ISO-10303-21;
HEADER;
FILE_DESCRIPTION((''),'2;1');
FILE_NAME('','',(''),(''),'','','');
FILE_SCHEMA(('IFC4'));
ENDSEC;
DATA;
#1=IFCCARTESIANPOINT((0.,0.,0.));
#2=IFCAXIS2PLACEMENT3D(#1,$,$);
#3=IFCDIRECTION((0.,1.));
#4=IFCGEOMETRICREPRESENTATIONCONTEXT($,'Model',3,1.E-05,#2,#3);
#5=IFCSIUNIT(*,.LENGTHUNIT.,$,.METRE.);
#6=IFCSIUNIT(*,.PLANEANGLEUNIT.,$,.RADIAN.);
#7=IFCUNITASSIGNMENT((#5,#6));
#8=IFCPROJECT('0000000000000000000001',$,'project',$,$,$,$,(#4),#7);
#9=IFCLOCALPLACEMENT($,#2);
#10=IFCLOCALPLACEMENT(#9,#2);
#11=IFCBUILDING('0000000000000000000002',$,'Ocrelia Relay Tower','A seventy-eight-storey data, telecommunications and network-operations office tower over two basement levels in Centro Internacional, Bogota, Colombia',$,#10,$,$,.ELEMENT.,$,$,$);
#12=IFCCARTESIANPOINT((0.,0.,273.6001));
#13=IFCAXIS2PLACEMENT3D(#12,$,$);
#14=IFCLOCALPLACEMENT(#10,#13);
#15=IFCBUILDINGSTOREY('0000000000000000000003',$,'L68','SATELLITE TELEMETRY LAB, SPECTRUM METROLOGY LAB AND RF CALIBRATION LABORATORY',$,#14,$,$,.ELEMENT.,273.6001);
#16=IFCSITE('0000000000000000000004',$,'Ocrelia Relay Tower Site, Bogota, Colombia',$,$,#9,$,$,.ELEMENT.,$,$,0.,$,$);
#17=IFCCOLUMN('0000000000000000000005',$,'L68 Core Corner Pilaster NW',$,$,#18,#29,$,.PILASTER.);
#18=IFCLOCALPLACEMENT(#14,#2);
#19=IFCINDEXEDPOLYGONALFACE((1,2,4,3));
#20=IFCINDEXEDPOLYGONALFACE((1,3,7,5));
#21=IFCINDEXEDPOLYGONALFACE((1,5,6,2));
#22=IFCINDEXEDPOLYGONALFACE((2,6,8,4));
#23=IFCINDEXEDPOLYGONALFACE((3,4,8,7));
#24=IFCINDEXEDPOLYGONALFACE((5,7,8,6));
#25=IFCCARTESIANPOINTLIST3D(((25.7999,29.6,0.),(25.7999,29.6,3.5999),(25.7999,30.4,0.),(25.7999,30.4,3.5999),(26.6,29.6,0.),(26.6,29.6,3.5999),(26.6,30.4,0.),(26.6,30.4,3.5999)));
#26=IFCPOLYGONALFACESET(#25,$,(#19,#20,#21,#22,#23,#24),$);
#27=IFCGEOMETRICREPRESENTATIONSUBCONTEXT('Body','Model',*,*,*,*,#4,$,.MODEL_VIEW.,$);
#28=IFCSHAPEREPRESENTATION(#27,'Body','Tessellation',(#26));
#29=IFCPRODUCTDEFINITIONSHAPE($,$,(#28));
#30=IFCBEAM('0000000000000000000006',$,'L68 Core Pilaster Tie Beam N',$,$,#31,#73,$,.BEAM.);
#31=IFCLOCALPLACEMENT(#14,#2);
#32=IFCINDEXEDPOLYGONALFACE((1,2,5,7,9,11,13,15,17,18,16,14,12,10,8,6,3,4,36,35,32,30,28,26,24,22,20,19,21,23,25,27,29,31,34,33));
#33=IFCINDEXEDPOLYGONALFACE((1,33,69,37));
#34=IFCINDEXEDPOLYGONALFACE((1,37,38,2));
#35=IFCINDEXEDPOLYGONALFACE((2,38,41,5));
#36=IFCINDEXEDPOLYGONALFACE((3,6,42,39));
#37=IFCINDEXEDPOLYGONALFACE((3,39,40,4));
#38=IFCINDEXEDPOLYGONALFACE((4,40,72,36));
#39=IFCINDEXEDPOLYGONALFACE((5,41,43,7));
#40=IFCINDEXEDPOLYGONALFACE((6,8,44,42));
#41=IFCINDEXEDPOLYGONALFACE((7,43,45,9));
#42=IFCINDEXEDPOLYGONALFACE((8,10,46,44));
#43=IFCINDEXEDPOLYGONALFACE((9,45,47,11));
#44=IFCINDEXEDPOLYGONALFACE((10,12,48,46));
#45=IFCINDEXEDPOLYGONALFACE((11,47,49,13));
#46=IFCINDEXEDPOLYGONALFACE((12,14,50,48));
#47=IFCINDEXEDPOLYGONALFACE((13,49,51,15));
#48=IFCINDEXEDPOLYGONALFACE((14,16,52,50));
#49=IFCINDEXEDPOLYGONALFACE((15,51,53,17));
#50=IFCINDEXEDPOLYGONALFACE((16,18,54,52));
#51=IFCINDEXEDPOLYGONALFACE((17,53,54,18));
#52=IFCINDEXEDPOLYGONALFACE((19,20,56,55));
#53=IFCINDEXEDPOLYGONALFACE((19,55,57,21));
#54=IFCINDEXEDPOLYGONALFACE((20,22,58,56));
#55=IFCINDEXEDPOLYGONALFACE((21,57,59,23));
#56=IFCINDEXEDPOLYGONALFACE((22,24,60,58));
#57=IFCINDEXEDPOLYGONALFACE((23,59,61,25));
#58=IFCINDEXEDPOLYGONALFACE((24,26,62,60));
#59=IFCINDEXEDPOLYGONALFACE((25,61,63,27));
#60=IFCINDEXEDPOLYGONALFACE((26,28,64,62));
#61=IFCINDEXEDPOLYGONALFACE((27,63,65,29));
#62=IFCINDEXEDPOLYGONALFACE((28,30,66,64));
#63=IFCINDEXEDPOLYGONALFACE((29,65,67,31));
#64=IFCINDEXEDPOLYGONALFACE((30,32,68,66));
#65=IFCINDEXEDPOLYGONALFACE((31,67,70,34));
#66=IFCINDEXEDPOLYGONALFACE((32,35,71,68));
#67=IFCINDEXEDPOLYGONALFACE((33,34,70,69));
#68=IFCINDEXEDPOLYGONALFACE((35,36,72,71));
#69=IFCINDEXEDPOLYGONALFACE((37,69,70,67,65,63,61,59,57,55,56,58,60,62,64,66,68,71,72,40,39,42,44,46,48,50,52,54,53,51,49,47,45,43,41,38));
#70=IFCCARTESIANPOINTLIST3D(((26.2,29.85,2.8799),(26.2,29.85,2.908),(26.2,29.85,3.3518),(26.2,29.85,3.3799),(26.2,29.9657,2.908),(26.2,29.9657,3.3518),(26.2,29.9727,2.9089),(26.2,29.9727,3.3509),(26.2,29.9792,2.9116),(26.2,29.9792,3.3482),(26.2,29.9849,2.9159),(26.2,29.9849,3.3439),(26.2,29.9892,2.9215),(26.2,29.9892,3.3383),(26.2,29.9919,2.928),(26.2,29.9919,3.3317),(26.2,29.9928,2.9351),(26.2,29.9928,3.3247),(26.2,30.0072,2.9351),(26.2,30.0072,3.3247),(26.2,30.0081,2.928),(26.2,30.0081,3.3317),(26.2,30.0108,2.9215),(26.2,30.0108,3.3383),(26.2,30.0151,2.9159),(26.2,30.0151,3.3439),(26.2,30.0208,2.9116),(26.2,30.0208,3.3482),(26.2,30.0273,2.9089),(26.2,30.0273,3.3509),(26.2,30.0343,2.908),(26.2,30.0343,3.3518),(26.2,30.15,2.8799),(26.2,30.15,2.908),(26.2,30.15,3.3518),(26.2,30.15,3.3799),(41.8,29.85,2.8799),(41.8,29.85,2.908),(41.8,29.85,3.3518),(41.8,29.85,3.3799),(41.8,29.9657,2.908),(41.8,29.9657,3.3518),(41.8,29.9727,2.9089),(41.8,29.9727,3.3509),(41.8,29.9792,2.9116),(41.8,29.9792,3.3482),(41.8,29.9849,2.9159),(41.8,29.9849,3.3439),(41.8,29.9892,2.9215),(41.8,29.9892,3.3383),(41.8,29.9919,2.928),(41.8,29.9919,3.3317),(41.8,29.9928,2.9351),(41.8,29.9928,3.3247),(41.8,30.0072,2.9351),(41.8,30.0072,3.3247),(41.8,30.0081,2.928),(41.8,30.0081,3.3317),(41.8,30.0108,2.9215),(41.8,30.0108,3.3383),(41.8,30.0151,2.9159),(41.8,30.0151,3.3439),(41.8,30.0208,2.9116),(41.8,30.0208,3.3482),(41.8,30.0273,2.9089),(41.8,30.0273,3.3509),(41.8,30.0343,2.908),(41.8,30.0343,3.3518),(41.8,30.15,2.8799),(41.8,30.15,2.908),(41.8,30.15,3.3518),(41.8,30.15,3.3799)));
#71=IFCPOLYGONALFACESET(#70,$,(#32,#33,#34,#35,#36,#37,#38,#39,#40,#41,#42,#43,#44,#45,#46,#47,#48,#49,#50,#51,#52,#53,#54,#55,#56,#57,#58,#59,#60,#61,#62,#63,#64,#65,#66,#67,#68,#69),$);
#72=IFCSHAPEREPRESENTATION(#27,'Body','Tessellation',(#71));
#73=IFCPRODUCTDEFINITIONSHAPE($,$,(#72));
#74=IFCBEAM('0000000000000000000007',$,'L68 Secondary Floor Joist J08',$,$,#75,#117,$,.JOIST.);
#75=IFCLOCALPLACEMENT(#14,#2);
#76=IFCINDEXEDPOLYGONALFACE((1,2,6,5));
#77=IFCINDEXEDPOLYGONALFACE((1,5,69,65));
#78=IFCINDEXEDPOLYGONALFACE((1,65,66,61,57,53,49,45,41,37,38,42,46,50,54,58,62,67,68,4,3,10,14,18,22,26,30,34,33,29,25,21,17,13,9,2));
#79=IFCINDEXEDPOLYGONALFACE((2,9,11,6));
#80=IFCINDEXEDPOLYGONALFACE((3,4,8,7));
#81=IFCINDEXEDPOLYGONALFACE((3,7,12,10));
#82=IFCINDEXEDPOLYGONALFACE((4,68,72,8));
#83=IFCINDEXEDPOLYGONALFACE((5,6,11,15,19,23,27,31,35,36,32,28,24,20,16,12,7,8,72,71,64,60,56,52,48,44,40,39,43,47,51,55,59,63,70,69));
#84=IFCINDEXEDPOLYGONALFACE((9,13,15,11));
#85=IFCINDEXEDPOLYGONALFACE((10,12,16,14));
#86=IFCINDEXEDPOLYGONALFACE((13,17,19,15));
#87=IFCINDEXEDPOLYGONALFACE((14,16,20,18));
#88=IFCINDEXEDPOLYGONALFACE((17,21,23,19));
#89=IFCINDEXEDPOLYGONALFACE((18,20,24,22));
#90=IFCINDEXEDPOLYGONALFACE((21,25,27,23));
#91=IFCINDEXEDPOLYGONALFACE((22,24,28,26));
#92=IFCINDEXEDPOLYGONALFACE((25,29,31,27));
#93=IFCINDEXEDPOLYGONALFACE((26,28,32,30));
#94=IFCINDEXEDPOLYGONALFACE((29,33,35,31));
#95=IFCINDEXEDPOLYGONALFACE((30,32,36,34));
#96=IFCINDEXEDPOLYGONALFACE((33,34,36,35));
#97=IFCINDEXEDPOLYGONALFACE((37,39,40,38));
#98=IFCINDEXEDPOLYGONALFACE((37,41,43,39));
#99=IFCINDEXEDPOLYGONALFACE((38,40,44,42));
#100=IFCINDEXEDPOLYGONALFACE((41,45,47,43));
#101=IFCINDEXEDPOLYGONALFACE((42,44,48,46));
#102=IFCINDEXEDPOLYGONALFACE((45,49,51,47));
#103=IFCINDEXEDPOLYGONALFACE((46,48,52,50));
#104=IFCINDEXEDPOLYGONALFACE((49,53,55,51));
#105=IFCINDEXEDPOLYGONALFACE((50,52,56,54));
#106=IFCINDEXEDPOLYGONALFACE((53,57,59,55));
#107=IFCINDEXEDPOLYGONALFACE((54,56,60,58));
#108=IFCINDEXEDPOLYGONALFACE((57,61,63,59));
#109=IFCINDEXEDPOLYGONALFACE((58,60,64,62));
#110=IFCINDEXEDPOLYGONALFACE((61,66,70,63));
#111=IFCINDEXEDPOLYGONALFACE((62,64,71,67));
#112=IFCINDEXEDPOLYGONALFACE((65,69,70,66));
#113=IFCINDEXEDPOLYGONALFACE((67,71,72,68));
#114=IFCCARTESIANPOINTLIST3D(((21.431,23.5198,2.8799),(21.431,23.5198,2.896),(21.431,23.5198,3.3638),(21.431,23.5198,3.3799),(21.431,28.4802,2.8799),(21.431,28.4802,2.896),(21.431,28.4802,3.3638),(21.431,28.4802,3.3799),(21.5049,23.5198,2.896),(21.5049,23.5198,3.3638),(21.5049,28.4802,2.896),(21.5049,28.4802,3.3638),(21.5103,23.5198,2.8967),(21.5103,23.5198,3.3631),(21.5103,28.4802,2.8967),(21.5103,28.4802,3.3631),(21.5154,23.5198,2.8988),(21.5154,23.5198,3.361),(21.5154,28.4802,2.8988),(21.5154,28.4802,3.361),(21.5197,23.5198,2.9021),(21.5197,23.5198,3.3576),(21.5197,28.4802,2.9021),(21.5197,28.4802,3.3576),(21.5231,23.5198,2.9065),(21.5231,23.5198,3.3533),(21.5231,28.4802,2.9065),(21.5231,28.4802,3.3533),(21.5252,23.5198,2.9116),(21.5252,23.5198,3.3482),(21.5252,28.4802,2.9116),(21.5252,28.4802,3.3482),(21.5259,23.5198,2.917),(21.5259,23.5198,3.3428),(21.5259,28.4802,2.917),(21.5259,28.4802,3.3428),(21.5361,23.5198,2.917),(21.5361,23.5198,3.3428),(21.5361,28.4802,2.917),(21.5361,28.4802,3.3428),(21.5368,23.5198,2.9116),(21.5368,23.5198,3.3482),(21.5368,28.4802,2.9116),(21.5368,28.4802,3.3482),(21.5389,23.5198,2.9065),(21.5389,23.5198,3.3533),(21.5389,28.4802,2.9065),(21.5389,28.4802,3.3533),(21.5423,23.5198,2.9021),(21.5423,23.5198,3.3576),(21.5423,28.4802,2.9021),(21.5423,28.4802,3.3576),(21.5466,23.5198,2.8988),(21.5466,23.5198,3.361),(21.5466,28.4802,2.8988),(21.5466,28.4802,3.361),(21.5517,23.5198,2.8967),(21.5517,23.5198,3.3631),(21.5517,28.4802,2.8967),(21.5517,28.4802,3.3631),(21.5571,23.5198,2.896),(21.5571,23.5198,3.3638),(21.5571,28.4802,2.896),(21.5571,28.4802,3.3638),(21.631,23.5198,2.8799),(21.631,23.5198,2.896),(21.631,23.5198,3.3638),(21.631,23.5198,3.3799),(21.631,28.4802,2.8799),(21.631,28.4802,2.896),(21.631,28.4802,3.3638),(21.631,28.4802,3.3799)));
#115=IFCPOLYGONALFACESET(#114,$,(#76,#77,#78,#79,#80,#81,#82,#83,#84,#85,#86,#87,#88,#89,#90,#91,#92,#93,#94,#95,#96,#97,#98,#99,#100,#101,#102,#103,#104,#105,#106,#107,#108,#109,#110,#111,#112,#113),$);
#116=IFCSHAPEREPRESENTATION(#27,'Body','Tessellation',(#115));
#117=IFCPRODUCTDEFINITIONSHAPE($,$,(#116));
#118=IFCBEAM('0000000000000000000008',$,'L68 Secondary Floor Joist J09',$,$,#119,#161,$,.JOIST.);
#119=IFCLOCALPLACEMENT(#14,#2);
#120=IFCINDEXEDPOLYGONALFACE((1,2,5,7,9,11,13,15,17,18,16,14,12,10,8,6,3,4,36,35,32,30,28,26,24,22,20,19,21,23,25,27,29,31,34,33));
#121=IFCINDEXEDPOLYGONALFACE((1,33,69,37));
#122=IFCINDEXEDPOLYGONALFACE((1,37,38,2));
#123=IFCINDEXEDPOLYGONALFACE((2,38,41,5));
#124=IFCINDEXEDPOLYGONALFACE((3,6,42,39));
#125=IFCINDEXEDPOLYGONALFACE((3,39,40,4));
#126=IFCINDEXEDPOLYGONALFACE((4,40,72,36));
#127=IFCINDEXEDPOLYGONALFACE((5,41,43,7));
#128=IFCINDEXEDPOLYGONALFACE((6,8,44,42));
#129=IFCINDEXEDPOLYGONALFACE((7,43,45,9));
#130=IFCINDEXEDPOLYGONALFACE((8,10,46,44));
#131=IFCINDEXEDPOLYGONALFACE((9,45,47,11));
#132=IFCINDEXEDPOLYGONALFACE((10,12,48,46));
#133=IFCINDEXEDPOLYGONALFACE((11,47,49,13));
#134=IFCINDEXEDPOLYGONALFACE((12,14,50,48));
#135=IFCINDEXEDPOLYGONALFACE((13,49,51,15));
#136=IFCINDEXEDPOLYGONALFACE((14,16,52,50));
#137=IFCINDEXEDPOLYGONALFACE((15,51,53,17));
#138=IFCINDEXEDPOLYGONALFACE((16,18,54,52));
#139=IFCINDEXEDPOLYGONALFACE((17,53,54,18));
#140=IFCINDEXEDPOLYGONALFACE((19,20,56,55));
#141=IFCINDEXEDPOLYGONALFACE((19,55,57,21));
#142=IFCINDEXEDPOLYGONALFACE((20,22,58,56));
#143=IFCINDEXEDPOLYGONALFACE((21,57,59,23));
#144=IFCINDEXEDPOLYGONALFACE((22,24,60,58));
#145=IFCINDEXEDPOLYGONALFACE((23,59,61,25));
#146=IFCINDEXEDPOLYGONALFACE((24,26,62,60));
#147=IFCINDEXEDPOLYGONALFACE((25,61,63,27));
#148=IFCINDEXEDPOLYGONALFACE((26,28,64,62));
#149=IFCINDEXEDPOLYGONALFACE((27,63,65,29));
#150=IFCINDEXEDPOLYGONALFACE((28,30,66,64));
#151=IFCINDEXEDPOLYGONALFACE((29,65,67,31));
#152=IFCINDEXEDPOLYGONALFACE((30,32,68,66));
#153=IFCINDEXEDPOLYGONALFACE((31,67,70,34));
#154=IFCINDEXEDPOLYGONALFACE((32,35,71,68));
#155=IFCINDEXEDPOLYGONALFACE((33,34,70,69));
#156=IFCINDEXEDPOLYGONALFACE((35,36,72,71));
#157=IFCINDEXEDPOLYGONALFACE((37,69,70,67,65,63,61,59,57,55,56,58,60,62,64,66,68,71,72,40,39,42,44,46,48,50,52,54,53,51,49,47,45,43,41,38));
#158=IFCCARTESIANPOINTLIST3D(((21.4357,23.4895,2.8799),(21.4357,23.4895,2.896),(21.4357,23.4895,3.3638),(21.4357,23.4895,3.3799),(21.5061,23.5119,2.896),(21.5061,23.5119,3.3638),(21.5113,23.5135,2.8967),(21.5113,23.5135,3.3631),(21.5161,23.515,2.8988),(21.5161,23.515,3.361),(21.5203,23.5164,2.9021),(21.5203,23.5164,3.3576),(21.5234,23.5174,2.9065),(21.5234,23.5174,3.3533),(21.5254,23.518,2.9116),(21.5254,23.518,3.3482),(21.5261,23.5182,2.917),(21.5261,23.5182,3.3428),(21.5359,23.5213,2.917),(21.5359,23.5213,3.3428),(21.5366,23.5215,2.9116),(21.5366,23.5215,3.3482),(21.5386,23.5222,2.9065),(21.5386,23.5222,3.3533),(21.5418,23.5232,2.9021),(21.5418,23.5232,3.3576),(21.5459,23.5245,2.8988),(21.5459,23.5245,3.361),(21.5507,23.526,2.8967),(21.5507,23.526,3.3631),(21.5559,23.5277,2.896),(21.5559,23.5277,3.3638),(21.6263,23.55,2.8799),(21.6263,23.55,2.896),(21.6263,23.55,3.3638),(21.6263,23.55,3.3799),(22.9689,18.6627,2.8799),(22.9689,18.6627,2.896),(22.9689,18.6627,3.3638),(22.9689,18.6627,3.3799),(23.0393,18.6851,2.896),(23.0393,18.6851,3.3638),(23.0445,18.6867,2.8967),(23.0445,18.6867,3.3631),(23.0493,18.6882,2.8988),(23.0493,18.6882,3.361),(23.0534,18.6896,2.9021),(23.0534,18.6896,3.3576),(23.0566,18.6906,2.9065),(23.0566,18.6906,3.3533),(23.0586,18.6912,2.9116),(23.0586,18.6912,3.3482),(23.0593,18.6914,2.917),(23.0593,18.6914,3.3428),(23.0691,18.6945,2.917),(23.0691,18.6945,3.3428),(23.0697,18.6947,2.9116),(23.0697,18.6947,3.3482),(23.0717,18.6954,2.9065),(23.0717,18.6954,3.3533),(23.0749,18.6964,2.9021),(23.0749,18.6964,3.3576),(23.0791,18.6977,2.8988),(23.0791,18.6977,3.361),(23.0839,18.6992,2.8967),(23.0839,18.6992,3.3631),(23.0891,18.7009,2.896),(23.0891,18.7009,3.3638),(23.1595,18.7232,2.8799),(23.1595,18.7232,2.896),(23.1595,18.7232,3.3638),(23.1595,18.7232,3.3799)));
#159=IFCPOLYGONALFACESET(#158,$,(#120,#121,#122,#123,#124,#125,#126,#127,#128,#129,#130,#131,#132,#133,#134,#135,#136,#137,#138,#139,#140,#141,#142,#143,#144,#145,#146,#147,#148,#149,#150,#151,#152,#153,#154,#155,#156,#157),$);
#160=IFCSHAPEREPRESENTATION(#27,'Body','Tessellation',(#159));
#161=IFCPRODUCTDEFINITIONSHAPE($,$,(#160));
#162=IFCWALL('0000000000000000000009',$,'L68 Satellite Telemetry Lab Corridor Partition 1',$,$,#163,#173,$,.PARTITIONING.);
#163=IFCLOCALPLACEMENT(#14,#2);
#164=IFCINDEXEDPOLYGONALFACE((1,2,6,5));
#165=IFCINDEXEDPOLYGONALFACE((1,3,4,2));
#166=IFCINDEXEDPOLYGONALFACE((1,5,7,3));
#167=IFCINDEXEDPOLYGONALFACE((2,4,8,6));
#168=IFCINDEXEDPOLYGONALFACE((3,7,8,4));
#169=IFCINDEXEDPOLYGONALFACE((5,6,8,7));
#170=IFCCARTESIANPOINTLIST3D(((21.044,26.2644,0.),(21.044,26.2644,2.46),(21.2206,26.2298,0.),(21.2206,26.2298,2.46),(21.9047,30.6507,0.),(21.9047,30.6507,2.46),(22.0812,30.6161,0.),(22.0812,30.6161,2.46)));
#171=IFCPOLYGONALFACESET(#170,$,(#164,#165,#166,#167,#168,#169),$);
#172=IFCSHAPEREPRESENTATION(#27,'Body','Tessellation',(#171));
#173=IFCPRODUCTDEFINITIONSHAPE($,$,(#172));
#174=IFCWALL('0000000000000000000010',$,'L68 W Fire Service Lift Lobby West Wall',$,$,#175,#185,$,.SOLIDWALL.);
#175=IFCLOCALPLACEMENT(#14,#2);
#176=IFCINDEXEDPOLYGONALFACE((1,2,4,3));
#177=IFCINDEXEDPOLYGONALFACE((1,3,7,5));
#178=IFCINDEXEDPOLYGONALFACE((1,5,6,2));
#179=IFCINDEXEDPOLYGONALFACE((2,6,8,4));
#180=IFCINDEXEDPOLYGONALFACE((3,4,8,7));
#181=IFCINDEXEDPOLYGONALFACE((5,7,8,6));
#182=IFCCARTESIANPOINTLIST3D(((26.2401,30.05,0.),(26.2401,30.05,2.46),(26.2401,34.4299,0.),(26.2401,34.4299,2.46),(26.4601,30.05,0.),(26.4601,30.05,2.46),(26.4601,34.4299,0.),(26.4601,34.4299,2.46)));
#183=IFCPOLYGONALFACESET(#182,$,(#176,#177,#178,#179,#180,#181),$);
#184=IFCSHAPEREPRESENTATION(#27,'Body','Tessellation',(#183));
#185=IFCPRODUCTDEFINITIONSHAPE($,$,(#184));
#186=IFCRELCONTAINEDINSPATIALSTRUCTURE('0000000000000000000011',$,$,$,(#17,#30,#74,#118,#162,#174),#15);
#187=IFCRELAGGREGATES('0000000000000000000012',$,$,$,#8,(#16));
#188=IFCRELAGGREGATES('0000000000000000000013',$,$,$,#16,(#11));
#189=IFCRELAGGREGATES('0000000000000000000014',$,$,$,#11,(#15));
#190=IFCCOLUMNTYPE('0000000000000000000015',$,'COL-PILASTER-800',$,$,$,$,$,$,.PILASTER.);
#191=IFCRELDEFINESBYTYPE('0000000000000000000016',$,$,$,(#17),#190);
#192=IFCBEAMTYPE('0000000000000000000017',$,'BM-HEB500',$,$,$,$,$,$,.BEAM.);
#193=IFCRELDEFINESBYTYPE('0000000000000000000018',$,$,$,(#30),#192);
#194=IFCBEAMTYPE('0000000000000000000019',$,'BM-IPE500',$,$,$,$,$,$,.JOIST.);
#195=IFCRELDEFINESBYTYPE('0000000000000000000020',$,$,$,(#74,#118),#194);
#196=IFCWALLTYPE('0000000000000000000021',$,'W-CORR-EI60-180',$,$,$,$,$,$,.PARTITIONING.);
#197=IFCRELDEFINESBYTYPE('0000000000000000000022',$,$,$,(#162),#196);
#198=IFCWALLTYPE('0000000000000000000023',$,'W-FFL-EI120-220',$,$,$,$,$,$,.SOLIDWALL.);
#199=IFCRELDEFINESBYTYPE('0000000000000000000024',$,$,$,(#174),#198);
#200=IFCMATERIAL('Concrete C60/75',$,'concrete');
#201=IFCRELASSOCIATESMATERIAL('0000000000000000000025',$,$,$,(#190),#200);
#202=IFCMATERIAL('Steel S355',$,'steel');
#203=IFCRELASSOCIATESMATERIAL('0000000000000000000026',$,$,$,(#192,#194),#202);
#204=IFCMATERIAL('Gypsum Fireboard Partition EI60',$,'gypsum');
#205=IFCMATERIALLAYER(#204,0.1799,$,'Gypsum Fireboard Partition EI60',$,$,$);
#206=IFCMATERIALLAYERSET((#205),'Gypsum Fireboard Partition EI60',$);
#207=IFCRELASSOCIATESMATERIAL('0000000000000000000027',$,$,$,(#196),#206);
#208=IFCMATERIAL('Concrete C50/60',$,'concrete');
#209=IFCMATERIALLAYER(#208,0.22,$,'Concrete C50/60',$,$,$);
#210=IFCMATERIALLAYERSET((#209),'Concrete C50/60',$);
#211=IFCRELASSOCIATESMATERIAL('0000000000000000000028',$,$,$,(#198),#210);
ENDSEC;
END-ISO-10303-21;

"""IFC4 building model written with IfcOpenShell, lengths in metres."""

from ifc_helpers import new_model, si_unit, direction, frame, frame_2d, origin, origin_2d, place, context, subcontext, project, spatial, rectangle, i_section, extrude, material, layer, layer_set, material_profile, profile_set, type_object, element, save


model = new_model("IFC4")

# Units and contexts
model_context = context("Model", 3, precision=1e-05, world=origin(), true_north=direction((0.0, 1.0)))
body_context = subcontext(model_context, "Body", "Model", "MODEL_VIEW")
ifc_project = project(units=[si_unit("LENGTHUNIT", "METRE"), si_unit("PLANEANGLEUNIT", "RADIAN")], contexts=[model_context])

# Site, building, storey
site_placement = place(None, origin())
site = spatial("IfcSite", under=ifc_project, at=site_placement, Name="Ocrelia Relay Tower Site, Bogota, Colombia", CompositionType="ELEMENT", RefElevation=0.0)
building_placement = place(site_placement, origin())
building = spatial("IfcBuilding", under=site, at=building_placement, Name="Ocrelia Relay Tower", Description="A seventy-eight-storey data, telecommunications and network-operations office tower over two basement levels in Centro Internacional, Bogota, Colombia", CompositionType="ELEMENT")
storey_placement = place(building_placement, frame((0.0, 0.0, 273.6001)))
storey = spatial("IfcBuildingStorey", under=building, at=storey_placement, Name="L68", Description="SATELLITE TELEMETRY LAB, SPECTRUM METROLOGY LAB AND RF CALIBRATION LABORATORY", CompositionType="ELEMENT", Elevation=273.6001)

# Column
ifc_material_1 = material(Name="Concrete C60/75", Category="concrete")
ifc_material_profile_1 = material_profile(ifc_material_1, rectangle(XDim=0.8, YDim=0.8, at=origin_2d()), Name="RC-COL-800x800")
ifc_profile_set_1 = profile_set([ifc_material_profile_1], Name="Concrete C60/75")
column_type = type_object("IfcColumnType", Name="COL-PILASTER-800", PredefinedType="PILASTER", material=ifc_profile_set_1)
column_placement = place(storey_placement, frame((26.2, 30.0, 0.0), z_axis=(0.0, 0.0, 1.0), x_axis=(1.0, 0.0, 0.0)))
element("IfcColumn", 1, at=column_placement, inside=storey, type_object=column_type, Name="L68 Core Corner Pilaster NW", PredefinedType="PILASTER", context=body_context, shape_type="SweptSolid", body=[
    extrude(rectangle(XDim=0.8, YDim=0.8, at=origin_2d()), origin(), (0.0, 0.0, 1.0), 3.5999),
])

# Beams
ifc_material_2 = material(Name="Steel S355", Category="steel")
ifc_material_profile_2 = material_profile(ifc_material_2, i_section(OverallWidth=0.3, OverallDepth=0.5, WebThickness=0.0144, FlangeThickness=0.0281, FilletRadius=0.0271, at=origin_2d()), Name="HEB 500")
ifc_profile_set_2 = profile_set([ifc_material_profile_2], Name="Steel S355")
beam_type_1 = type_object("IfcBeamType", Name="BM-HEB500", PredefinedType="BEAM", material=ifc_profile_set_2)
beam_1_placement = place(storey_placement, frame((26.2, 30.0, 3.1299), z_axis=(1.0, 0.0, 0.0), x_axis=(0.0, 1.0, 0.0)))
element("IfcBeam", 2, at=beam_1_placement, inside=storey, type_object=beam_type_1, Name="L68 Core Pilaster Tie Beam N", PredefinedType="BEAM", context=body_context, shape_type="SweptSolid", body=[
    extrude(i_section(OverallWidth=0.3, OverallDepth=0.5, WebThickness=0.0144, FlangeThickness=0.0281, FilletRadius=0.0271, at=origin_2d()), origin(), (0.0, 0.0, 1.0), 15.6001),
])
ifc_material_profile_3 = material_profile(ifc_material_2, i_section(OverallWidth=0.2, OverallDepth=0.5, WebThickness=0.0103, FlangeThickness=0.0161, FilletRadius=0.021, at=origin_2d()), Name="IPE 500")
ifc_profile_set_3 = profile_set([ifc_material_profile_3], Name="Steel S355")
beam_type_2 = type_object("IfcBeamType", Name="BM-IPE500", PredefinedType="JOIST", material=ifc_profile_set_3)
beam_2_placement = place(storey_placement, frame((21.531, 28.4802, 3.1299), z_axis=(0.0, -1.0, 0.0), x_axis=(1.0, 0.0, 0.0)))
element("IfcBeam", 3, at=beam_2_placement, inside=storey, type_object=beam_type_2, Name="L68 Secondary Floor Joist J08", PredefinedType="JOIST", context=body_context, shape_type="SweptSolid", body=[
    extrude(i_section(OverallWidth=0.2, OverallDepth=0.5, WebThickness=0.0103, FlangeThickness=0.0161, FilletRadius=0.021, at=origin_2d()), origin(), (0.0, 0.0, 1.0), 4.9604),
])
beam_3_placement = place(storey_placement, frame((21.531, 23.5198, 3.1299), z_axis=(0.302732, -0.953076, 0.0), x_axis=(0.953076, 0.302732, 0.0)))
element("IfcBeam", 4, at=beam_3_placement, inside=storey, type_object=beam_type_2, Name="L68 Secondary Floor Joist J09", PredefinedType="JOIST", context=body_context, shape_type="SweptSolid", body=[
    extrude(i_section(OverallWidth=0.2, OverallDepth=0.5, WebThickness=0.0103, FlangeThickness=0.0161, FilletRadius=0.021, at=origin_2d()), origin(), (0.0, 0.0, 1.0), 5.0645),
])

# Shared definitions
ifc_material_3 = material(Name="Concrete C50/60", Category="concrete")

# Walls
ifc_material_4 = material(Name="Gypsum Fireboard Partition EI60", Category="gypsum")
ifc_layer_1 = layer(ifc_material_4, 0.1799, Name="Gypsum Fireboard Partition EI60")
ifc_layer_set_1 = layer_set([ifc_layer_1], Name="Gypsum Fireboard Partition EI60")
wall_type_1 = type_object("IfcWallType", Name="W-CORR-EI60-180", PredefinedType="PARTITIONING", material=ifc_layer_set_1)
wall_1_placement = place(storey_placement, frame((21.9929, 30.6333, 0.0), z_axis=(0.0, 0.0, 1.0), x_axis=(-0.192533, -0.98129, 0.0)))
element("IfcWall", 5, at=wall_1_placement, inside=storey, type_object=wall_type_1, Name="L68 Satellite Telemetry Lab Corridor Partition 1", PredefinedType="PARTITIONING", context=body_context, shape_type="SweptSolid", body=[
    extrude(rectangle(XDim=4.47, YDim=0.1799, at=frame_2d((2.2349, 0.0))), origin(), (0.0, 0.0, 1.0), 2.46),
])
ifc_layer_2 = layer(ifc_material_3, 0.22, Name="Concrete C50/60")
ifc_layer_set_2 = layer_set([ifc_layer_2], Name="Concrete C50/60")
wall_type_2 = type_object("IfcWallType", Name="W-FFL-EI120-220", PredefinedType="SOLIDWALL", material=ifc_layer_set_2)
wall_2_placement = place(storey_placement, frame((26.3501, 30.05, 0.0), z_axis=(0.0, 0.0, 1.0), x_axis=(0.0, 1.0, 0.0)))
element("IfcWall", 6, at=wall_2_placement, inside=storey, type_object=wall_type_2, Name="L68 W Fire Service Lift Lobby West Wall", PredefinedType="SOLIDWALL", context=body_context, shape_type="SweptSolid", body=[
    extrude(rectangle(XDim=4.3799, YDim=0.22, at=frame_2d((2.1899, 0.0))), origin(), (0.0, 0.0, 1.0), 2.46),
])

save(model, "model.ifc")
